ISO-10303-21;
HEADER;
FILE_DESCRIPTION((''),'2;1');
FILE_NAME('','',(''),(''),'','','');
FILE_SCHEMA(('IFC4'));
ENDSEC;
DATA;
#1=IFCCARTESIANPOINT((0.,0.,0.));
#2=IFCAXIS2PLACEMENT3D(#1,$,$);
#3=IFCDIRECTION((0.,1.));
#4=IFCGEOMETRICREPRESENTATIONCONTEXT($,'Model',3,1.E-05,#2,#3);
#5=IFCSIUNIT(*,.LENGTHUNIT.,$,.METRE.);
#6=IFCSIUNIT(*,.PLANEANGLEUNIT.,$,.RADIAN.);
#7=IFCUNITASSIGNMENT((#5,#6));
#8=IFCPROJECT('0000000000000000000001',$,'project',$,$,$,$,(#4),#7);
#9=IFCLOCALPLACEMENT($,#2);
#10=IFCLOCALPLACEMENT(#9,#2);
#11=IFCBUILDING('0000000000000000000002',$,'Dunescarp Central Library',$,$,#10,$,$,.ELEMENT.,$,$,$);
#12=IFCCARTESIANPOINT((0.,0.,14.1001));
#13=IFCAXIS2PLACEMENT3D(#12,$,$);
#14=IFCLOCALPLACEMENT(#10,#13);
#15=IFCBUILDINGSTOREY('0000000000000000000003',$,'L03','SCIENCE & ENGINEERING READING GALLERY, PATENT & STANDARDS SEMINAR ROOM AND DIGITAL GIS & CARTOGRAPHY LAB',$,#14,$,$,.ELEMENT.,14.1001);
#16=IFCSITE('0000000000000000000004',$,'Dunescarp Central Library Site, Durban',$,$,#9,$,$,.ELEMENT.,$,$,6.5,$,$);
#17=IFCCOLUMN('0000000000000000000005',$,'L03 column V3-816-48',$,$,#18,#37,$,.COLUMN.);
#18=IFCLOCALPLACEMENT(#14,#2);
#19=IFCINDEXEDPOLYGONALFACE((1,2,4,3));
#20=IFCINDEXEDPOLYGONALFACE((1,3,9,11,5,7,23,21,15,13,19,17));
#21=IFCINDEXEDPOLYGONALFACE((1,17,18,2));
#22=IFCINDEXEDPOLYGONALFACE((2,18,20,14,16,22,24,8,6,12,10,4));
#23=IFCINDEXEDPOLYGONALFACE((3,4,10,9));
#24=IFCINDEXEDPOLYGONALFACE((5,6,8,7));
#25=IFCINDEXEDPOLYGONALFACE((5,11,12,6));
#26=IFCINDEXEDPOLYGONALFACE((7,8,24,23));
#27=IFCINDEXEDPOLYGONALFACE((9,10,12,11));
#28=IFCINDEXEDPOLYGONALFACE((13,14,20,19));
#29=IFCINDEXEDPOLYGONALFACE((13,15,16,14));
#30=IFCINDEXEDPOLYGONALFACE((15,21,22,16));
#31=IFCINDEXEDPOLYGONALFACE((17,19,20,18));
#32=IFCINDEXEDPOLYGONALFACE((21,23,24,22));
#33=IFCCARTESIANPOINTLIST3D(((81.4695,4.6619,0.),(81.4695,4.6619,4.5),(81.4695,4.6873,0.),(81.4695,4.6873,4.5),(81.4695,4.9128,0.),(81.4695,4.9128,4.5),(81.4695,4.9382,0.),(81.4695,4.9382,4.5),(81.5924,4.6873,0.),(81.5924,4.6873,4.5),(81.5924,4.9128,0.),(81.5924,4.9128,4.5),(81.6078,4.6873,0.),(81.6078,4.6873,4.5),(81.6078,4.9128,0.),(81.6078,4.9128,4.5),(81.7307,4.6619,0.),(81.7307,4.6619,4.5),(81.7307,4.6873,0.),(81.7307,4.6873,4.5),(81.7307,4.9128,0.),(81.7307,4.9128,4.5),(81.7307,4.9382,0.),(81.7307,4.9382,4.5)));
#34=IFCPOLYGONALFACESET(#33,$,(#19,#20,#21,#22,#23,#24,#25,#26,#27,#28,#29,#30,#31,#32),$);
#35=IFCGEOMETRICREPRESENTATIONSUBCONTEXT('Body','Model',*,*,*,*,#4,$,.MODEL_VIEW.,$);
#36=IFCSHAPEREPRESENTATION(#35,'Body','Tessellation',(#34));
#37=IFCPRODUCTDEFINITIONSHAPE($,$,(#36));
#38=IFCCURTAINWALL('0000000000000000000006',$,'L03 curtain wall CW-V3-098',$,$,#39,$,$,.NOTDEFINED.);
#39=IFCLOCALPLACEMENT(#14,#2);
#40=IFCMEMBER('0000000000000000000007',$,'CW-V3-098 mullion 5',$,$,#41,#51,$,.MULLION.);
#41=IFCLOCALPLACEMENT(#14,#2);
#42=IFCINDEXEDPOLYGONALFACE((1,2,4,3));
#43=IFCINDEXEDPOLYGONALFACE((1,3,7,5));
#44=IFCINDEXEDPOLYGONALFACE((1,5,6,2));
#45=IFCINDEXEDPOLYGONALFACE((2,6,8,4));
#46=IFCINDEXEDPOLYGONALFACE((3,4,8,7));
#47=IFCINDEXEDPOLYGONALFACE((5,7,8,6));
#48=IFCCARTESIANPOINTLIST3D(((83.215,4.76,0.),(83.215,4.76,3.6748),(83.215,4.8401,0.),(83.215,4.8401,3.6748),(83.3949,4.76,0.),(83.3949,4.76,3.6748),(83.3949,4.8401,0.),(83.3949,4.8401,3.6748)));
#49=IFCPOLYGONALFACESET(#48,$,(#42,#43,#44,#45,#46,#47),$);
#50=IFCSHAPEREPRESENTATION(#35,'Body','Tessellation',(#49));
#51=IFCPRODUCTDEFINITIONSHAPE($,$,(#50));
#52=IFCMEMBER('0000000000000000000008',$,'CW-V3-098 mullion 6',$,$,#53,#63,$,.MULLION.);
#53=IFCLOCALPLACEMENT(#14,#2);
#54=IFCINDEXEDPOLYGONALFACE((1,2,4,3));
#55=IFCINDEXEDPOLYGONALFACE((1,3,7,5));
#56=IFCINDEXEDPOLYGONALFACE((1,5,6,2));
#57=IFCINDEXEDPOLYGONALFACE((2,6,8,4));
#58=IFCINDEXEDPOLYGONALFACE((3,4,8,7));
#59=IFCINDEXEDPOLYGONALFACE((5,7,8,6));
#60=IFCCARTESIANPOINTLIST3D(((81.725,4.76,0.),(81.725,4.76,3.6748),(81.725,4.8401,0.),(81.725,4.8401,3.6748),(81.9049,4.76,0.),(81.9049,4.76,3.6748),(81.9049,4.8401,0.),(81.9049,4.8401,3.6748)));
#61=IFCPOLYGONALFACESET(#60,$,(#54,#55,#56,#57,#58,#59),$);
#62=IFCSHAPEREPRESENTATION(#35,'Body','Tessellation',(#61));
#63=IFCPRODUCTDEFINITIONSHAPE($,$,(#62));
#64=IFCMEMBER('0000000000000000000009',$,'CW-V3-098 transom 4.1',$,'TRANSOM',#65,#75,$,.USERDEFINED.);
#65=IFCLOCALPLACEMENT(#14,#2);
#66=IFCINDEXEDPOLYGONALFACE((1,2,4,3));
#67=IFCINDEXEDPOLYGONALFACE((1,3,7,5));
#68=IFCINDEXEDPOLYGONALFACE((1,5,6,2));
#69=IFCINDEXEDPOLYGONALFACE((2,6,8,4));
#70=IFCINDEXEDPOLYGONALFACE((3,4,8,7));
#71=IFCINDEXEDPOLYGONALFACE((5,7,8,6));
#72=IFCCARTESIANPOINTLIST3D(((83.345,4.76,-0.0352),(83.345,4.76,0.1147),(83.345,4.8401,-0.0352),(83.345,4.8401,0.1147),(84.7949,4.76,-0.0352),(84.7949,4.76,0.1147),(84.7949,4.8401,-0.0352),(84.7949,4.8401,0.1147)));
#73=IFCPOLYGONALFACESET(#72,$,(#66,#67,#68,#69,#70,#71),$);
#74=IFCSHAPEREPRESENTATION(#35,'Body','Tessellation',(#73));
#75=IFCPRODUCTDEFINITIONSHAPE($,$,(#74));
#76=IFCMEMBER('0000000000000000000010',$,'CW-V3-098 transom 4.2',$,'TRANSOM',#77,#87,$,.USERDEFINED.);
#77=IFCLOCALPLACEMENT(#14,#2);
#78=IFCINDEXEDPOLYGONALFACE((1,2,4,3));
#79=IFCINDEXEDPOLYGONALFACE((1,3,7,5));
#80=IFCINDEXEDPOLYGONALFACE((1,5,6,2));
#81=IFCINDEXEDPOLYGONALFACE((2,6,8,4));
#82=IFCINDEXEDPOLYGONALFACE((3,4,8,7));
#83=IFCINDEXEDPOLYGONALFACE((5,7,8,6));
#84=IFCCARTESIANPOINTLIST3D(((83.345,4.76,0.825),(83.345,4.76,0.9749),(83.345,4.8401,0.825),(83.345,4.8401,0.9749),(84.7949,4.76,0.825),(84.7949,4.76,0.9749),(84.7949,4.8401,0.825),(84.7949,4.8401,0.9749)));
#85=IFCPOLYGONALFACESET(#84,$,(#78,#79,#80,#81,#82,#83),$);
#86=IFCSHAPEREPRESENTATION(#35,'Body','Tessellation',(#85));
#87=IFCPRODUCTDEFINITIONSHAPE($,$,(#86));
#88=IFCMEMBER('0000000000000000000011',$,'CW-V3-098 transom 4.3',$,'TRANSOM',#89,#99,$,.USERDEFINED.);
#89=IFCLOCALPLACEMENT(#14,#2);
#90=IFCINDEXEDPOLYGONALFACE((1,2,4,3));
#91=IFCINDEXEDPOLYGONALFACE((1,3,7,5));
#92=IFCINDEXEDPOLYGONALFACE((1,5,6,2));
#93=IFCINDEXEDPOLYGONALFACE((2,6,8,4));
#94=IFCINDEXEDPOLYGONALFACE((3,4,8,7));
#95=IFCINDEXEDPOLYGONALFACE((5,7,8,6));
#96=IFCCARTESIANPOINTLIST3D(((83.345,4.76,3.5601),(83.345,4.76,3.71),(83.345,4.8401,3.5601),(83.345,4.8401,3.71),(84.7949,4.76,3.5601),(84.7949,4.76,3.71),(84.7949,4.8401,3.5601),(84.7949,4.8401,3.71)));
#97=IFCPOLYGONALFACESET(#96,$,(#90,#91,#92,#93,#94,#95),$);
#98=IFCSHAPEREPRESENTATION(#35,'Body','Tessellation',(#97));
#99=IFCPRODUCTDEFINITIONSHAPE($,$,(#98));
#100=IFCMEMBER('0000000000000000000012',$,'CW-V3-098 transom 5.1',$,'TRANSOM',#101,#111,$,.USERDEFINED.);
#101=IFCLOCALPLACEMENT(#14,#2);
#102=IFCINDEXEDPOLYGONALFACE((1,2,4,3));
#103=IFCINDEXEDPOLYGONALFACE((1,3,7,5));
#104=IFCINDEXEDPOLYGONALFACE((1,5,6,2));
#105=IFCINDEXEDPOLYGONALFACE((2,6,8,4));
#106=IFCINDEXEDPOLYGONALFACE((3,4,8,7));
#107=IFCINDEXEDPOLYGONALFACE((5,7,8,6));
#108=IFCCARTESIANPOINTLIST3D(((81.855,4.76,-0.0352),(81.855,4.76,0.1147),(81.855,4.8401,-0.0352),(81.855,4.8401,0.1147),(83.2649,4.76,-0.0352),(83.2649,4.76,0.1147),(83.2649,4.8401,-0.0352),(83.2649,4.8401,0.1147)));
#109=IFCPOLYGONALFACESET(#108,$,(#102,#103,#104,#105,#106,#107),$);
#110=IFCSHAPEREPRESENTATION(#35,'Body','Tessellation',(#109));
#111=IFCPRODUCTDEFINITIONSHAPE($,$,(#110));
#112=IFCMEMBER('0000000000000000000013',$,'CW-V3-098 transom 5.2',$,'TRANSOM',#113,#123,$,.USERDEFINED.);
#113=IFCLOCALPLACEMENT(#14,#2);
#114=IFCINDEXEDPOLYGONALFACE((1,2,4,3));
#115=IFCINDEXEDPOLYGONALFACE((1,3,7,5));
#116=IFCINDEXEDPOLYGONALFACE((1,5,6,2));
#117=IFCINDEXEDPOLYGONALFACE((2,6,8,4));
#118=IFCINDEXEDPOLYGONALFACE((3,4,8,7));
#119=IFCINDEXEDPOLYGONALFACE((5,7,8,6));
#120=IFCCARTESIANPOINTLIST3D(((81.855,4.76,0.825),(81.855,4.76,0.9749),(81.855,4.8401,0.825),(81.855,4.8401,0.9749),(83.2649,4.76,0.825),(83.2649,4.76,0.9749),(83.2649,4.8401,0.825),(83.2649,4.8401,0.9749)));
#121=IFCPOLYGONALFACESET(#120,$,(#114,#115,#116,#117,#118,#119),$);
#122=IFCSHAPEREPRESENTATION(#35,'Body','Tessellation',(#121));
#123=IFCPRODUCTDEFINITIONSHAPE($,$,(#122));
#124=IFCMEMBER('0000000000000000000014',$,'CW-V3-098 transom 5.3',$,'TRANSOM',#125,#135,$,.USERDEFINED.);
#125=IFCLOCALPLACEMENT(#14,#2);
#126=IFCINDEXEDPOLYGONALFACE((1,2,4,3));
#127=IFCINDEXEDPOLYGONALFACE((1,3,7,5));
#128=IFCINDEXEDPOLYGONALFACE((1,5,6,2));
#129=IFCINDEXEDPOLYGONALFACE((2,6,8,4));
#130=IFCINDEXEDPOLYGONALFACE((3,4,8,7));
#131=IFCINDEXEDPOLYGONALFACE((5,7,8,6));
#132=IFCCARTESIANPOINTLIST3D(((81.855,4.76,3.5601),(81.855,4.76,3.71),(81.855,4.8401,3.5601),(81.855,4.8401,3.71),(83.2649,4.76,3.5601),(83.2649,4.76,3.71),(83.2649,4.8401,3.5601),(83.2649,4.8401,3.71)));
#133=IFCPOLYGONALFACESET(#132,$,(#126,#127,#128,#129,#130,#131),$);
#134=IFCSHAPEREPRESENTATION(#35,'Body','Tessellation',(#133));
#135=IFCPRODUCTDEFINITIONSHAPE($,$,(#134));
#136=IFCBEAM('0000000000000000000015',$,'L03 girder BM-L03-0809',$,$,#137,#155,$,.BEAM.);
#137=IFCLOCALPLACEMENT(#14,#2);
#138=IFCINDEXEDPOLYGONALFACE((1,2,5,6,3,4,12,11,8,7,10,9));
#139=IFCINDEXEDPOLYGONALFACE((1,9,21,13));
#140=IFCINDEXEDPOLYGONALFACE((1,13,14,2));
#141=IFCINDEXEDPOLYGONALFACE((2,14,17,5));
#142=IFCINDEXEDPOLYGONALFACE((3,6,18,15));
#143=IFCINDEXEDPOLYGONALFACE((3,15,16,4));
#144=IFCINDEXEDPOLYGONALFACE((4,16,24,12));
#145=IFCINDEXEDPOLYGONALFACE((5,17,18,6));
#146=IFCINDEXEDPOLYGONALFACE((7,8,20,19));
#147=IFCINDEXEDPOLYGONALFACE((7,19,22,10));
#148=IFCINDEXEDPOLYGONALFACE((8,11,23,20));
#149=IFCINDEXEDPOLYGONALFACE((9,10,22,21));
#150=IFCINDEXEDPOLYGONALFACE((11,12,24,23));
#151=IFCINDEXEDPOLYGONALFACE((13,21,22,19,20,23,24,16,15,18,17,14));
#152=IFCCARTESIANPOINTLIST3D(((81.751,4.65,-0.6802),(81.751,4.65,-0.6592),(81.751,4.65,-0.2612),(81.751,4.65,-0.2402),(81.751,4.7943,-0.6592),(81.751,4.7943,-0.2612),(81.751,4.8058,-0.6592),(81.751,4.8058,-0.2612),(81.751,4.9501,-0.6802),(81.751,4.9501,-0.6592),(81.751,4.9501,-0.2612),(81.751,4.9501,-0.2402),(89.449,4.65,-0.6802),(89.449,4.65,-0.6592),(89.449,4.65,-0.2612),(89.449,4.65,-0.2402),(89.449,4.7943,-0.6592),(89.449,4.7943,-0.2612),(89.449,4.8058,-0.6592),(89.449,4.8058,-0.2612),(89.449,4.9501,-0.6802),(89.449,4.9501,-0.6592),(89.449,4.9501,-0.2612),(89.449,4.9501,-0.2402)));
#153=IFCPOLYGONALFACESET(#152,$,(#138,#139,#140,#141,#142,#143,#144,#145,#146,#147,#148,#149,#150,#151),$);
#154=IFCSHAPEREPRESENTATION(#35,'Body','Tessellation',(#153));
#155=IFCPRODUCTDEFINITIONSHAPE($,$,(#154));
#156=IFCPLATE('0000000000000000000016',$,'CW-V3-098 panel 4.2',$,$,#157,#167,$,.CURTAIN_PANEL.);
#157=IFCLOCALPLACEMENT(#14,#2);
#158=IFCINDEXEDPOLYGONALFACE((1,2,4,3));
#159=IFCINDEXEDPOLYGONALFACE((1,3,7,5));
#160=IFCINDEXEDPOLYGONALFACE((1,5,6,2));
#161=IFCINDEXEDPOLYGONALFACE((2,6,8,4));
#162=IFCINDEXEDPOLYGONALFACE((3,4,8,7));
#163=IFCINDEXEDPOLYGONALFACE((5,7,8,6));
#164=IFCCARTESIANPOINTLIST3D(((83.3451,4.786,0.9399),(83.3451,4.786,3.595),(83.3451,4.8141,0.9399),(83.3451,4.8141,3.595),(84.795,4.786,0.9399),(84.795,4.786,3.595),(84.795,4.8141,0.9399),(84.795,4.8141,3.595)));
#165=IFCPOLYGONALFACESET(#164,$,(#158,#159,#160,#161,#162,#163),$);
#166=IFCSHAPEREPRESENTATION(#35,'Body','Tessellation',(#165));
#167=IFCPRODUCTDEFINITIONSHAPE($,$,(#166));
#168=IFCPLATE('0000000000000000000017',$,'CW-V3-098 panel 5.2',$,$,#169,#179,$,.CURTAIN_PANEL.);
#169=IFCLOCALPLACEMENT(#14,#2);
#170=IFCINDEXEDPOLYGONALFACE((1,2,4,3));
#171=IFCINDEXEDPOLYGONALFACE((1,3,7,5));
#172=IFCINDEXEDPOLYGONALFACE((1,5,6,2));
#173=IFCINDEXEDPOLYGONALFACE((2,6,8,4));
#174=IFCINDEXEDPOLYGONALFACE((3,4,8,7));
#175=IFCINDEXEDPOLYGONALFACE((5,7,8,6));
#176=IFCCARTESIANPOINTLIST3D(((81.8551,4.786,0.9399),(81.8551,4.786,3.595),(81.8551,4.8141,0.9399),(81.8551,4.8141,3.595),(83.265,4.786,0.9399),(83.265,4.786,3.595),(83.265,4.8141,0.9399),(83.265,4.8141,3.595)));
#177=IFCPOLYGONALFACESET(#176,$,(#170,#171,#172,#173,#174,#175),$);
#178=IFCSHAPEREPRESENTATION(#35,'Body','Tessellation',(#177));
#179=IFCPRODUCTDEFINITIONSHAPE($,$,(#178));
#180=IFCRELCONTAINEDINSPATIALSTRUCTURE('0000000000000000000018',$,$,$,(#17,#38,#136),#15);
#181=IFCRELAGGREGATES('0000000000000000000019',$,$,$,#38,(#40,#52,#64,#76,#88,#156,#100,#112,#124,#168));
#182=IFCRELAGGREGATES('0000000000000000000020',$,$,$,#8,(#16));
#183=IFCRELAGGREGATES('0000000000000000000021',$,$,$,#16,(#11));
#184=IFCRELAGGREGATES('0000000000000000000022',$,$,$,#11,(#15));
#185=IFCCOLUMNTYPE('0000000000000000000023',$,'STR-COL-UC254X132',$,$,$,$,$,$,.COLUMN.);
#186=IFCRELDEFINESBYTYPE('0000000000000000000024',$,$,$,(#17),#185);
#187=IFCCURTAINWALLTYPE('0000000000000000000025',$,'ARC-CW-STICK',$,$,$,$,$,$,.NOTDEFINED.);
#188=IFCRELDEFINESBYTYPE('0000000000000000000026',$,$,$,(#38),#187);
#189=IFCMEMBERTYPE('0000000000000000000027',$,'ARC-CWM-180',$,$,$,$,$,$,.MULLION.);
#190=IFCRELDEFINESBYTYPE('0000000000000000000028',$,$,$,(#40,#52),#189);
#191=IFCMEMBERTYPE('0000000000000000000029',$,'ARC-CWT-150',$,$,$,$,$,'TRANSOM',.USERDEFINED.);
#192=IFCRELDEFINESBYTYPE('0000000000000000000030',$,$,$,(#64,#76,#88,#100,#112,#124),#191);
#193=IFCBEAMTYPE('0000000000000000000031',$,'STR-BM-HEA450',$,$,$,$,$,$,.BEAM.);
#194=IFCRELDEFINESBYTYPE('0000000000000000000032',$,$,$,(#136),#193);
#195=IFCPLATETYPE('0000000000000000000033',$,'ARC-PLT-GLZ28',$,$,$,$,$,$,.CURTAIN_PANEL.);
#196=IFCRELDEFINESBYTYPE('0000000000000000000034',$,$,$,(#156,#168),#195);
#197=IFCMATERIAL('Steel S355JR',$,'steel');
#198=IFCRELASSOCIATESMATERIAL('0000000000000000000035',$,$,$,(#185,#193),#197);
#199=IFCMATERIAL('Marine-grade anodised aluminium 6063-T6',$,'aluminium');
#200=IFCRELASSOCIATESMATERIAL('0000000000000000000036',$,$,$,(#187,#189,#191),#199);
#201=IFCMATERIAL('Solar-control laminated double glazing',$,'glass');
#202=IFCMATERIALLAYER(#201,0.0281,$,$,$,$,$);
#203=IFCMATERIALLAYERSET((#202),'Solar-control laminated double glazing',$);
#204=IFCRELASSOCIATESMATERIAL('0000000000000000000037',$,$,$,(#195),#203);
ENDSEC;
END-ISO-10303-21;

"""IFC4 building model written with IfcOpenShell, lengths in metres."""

from ifc_helpers import new_model, si_unit, direction, frame, origin, origin_2d, place, context, subcontext, project, spatial, rectangle, i_section, extrude, material, layer, layer_set, material_profile, profile_set, type_object, element, aggregate, save


model = new_model("IFC4")

# Units and contexts
model_context = context("Model", 3, precision=1e-05, world=origin(), true_north=direction((0.0, 1.0)))
body_context = subcontext(model_context, "Body", "Model", "MODEL_VIEW")
ifc_project = project(units=[si_unit("LENGTHUNIT", "METRE"), si_unit("PLANEANGLEUNIT", "RADIAN")], contexts=[model_context])

# Site, building, storey
site_placement = place(None, origin())
site = spatial("IfcSite", under=ifc_project, at=site_placement, Name="Dunescarp Central Library Site, Durban", CompositionType="ELEMENT", RefElevation=6.5)
building_placement = place(site_placement, origin())
building = spatial("IfcBuilding", under=site, at=building_placement, Name="Dunescarp Central Library", CompositionType="ELEMENT")
storey_placement = place(building_placement, frame((0.0, 0.0, 14.1001)))
storey = spatial("IfcBuildingStorey", under=building, at=storey_placement, Name="L03", Description="SCIENCE & ENGINEERING READING GALLERY, PATENT & STANDARDS SEMINAR ROOM AND DIGITAL GIS & CARTOGRAPHY LAB", CompositionType="ELEMENT", Elevation=14.1001)

# Column
ifc_material_1 = material(Name="Steel S355JR", Category="steel")
ifc_material_profile_1 = material_profile(ifc_material_1, i_section(OverallWidth=0.2612, OverallDepth=0.2764, WebThickness=0.0154, FlangeThickness=0.0254, at=origin_2d()), Name="UC 254x254x132")
ifc_profile_set_1 = profile_set([ifc_material_profile_1], Name="Steel S355JR")
column_type = type_object("IfcColumnType", Name="STR-COL-UC254X132", PredefinedType="COLUMN", material=ifc_profile_set_1)
column_placement = place(storey_placement, frame((81.6001, 4.8, 0.0), z_axis=(0.0, 0.0, 1.0), x_axis=(1.0, 0.0, 0.0)))
element("IfcColumn", 1, at=column_placement, inside=storey, type_object=column_type, Name="L03 column V3-816-48", PredefinedType="COLUMN", context=body_context, shape_type="SweptSolid", body=[
    extrude(i_section(OverallWidth=0.2612, OverallDepth=0.2764, WebThickness=0.0154, FlangeThickness=0.0254, at=origin_2d()), origin(), (0.0, 0.0, 1.0), 4.5),
])

# Curtain wall, members
ifc_material_2 = material(Name="Marine-grade anodised aluminium 6063-T6", Category="aluminium")
curtain_wall_type = type_object("IfcCurtainWallType", Name="ARC-CW-STICK", PredefinedType="NOTDEFINED", material=ifc_material_2)
curtain_wall_placement = place(storey_placement, origin())
curtain_wall = element("IfcCurtainWall", 2, at=curtain_wall_placement, inside=storey, type_object=curtain_wall_type, Name="L03 curtain wall CW-V3-098", PredefinedType="NOTDEFINED")
ifc_material_profile_2 = material_profile(ifc_material_2, rectangle(XDim=0.0801, YDim=0.1799, at=origin_2d()), Name="AL 80x180")
ifc_profile_set_2 = profile_set([ifc_material_profile_2], Name="Marine-grade anodised aluminium 6063-T6")
member_type_1 = type_object("IfcMemberType", Name="ARC-CWM-180", PredefinedType="MULLION", material=ifc_profile_set_2)
member_1_placement = place(storey_placement, frame((83.3049, 4.8, 0.0), z_axis=(0.0, 0.0, 1.0), x_axis=(0.0, -1.0, 0.0)))
member_1 = element("IfcMember", 3, at=member_1_placement, type_object=member_type_1, Name="CW-V3-098 mullion 5", PredefinedType="MULLION", context=body_context, shape_type="SweptSolid", body=[
    extrude(rectangle(XDim=0.0801, YDim=0.1799, at=origin_2d()), origin(), (0.0, 0.0, 1.0), 3.6748),
])
member_2_placement = place(storey_placement, frame((81.8149, 4.8, 0.0), z_axis=(0.0, 0.0, 1.0), x_axis=(0.0, -1.0, 0.0)))
member_2 = element("IfcMember", 4, at=member_2_placement, type_object=member_type_1, Name="CW-V3-098 mullion 6", PredefinedType="MULLION", context=body_context, shape_type="SweptSolid", body=[
    extrude(rectangle(XDim=0.0801, YDim=0.1799, at=origin_2d()), origin(), (0.0, 0.0, 1.0), 3.6748),
])
ifc_material_profile_3 = material_profile(ifc_material_2, rectangle(XDim=0.0801, YDim=0.1499, at=origin_2d()), Name="AL 80x150")
ifc_profile_set_3 = profile_set([ifc_material_profile_3], Name="Marine-grade anodised aluminium 6063-T6")
member_type_2 = type_object("IfcMemberType", Name="ARC-CWT-150", ElementType="TRANSOM", PredefinedType="USERDEFINED", material=ifc_profile_set_3)
member_3_placement = place(storey_placement, frame((84.7949, 4.8, 0.0398), z_axis=(-1.0, 0.0, 0.0), x_axis=(0.0, -1.0, 0.0)))
member_3 = element("IfcMember", 5, at=member_3_placement, type_object=member_type_2, Name="CW-V3-098 transom 4.1", ObjectType="TRANSOM", PredefinedType="USERDEFINED", context=body_context, shape_type="SweptSolid", body=[
    extrude(rectangle(XDim=0.0801, YDim=0.1499, at=origin_2d()), origin(), (0.0, 0.0, 1.0), 1.45),
])
member_4_placement = place(storey_placement, frame((84.7949, 4.8, 0.8999), z_axis=(-1.0, 0.0, 0.0), x_axis=(0.0, -1.0, 0.0)))
member_4 = element("IfcMember", 6, at=member_4_placement, type_object=member_type_2, Name="CW-V3-098 transom 4.2", ObjectType="TRANSOM", PredefinedType="USERDEFINED", context=body_context, shape_type="SweptSolid", body=[
    extrude(rectangle(XDim=0.0801, YDim=0.1499, at=origin_2d()), origin(), (0.0, 0.0, 1.0), 1.45),
])
member_5_placement = place(storey_placement, frame((84.7949, 4.8, 3.635), z_axis=(-1.0, 0.0, 0.0), x_axis=(0.0, -1.0, 0.0)))
member_5 = element("IfcMember", 7, at=member_5_placement, type_object=member_type_2, Name="CW-V3-098 transom 4.3", ObjectType="TRANSOM", PredefinedType="USERDEFINED", context=body_context, shape_type="SweptSolid", body=[
    extrude(rectangle(XDim=0.0801, YDim=0.1499, at=origin_2d()), origin(), (0.0, 0.0, 1.0), 1.45),
])
member_6_placement = place(storey_placement, frame((83.2649, 4.8, 0.0398), z_axis=(-1.0, 0.0, 0.0), x_axis=(0.0, -1.0, 0.0)))
member_6 = element("IfcMember", 8, at=member_6_placement, type_object=member_type_2, Name="CW-V3-098 transom 5.1", ObjectType="TRANSOM", PredefinedType="USERDEFINED", context=body_context, shape_type="SweptSolid", body=[
    extrude(rectangle(XDim=0.0801, YDim=0.1499, at=origin_2d()), origin(), (0.0, 0.0, 1.0), 1.4099),
])
member_7_placement = place(storey_placement, frame((83.2649, 4.8, 0.8999), z_axis=(-1.0, 0.0, 0.0), x_axis=(0.0, -1.0, 0.0)))
member_7 = element("IfcMember", 9, at=member_7_placement, type_object=member_type_2, Name="CW-V3-098 transom 5.2", ObjectType="TRANSOM", PredefinedType="USERDEFINED", context=body_context, shape_type="SweptSolid", body=[
    extrude(rectangle(XDim=0.0801, YDim=0.1499, at=origin_2d()), origin(), (0.0, 0.0, 1.0), 1.4099),
])
member_8_placement = place(storey_placement, frame((83.2649, 4.8, 3.635), z_axis=(-1.0, 0.0, 0.0), x_axis=(0.0, -1.0, 0.0)))
member_8 = element("IfcMember", 10, at=member_8_placement, type_object=member_type_2, Name="CW-V3-098 transom 5.3", ObjectType="TRANSOM", PredefinedType="USERDEFINED", context=body_context, shape_type="SweptSolid", body=[
    extrude(rectangle(XDim=0.0801, YDim=0.1499, at=origin_2d()), origin(), (0.0, 0.0, 1.0), 1.4099),
])

# Beam
ifc_material_profile_4 = material_profile(ifc_material_1, i_section(OverallWidth=0.3, OverallDepth=0.4399, WebThickness=0.0115, FlangeThickness=0.021, at=origin_2d()), Name="HEA 450")
ifc_profile_set_4 = profile_set([ifc_material_profile_4], Name="Steel S355JR")
beam_type = type_object("IfcBeamType", Name="STR-BM-HEA450", PredefinedType="BEAM", material=ifc_profile_set_4)
beam_placement = place(storey_placement, frame((81.751, 4.8, -0.4602), z_axis=(1.0, 0.0, 0.0), x_axis=(0.0, 1.0, 0.0)))
element("IfcBeam", 11, at=beam_placement, inside=storey, type_object=beam_type, Name="L03 girder BM-L03-0809", PredefinedType="BEAM", context=body_context, shape_type="SweptSolid", body=[
    extrude(i_section(OverallWidth=0.3, OverallDepth=0.4399, WebThickness=0.0115, FlangeThickness=0.021, at=origin_2d()), origin(), (0.0, 0.0, 1.0), 7.698),
])

# Plates
ifc_material_3 = material(Name="Solar-control laminated double glazing", Category="glass")
ifc_layer_1 = layer(ifc_material_3, 0.0281)
ifc_layer_set_1 = layer_set([ifc_layer_1], Name="Solar-control laminated double glazing")
plate_type_1 = type_object("IfcPlateType", Name="ARC-PLT-GLZ28", PredefinedType="CURTAIN_PANEL", material=ifc_layer_set_1)
plate_1_placement = place(storey_placement, frame((84.0701, 4.8, 0.9399), z_axis=(0.0, 0.0, 1.0), x_axis=(-1.0, 0.0, 0.0)))
plate_1 = element("IfcPlate", 12, at=plate_1_placement, type_object=plate_type_1, Name="CW-V3-098 panel 4.2", PredefinedType="CURTAIN_PANEL", context=body_context, shape_type="SweptSolid", body=[
    extrude(rectangle(XDim=1.45, YDim=0.0281, at=origin_2d()), origin(), (0.0, 0.0, 1.0), 2.655),
])
plate_2_placement = place(storey_placement, frame((82.5601, 4.8, 0.9399), z_axis=(0.0, 0.0, 1.0), x_axis=(-1.0, 0.0, 0.0)))
plate_2 = element("IfcPlate", 13, at=plate_2_placement, type_object=plate_type_1, Name="CW-V3-098 panel 5.2", PredefinedType="CURTAIN_PANEL", context=body_context, shape_type="SweptSolid", body=[
    extrude(rectangle(XDim=1.4099, YDim=0.0281, at=origin_2d()), origin(), (0.0, 0.0, 1.0), 2.655),
])
aggregate(curtain_wall, [member_1, member_2, member_3, member_4, member_5, plate_1, member_6, member_7, member_8, plate_2])

save(model, "model.ifc")
